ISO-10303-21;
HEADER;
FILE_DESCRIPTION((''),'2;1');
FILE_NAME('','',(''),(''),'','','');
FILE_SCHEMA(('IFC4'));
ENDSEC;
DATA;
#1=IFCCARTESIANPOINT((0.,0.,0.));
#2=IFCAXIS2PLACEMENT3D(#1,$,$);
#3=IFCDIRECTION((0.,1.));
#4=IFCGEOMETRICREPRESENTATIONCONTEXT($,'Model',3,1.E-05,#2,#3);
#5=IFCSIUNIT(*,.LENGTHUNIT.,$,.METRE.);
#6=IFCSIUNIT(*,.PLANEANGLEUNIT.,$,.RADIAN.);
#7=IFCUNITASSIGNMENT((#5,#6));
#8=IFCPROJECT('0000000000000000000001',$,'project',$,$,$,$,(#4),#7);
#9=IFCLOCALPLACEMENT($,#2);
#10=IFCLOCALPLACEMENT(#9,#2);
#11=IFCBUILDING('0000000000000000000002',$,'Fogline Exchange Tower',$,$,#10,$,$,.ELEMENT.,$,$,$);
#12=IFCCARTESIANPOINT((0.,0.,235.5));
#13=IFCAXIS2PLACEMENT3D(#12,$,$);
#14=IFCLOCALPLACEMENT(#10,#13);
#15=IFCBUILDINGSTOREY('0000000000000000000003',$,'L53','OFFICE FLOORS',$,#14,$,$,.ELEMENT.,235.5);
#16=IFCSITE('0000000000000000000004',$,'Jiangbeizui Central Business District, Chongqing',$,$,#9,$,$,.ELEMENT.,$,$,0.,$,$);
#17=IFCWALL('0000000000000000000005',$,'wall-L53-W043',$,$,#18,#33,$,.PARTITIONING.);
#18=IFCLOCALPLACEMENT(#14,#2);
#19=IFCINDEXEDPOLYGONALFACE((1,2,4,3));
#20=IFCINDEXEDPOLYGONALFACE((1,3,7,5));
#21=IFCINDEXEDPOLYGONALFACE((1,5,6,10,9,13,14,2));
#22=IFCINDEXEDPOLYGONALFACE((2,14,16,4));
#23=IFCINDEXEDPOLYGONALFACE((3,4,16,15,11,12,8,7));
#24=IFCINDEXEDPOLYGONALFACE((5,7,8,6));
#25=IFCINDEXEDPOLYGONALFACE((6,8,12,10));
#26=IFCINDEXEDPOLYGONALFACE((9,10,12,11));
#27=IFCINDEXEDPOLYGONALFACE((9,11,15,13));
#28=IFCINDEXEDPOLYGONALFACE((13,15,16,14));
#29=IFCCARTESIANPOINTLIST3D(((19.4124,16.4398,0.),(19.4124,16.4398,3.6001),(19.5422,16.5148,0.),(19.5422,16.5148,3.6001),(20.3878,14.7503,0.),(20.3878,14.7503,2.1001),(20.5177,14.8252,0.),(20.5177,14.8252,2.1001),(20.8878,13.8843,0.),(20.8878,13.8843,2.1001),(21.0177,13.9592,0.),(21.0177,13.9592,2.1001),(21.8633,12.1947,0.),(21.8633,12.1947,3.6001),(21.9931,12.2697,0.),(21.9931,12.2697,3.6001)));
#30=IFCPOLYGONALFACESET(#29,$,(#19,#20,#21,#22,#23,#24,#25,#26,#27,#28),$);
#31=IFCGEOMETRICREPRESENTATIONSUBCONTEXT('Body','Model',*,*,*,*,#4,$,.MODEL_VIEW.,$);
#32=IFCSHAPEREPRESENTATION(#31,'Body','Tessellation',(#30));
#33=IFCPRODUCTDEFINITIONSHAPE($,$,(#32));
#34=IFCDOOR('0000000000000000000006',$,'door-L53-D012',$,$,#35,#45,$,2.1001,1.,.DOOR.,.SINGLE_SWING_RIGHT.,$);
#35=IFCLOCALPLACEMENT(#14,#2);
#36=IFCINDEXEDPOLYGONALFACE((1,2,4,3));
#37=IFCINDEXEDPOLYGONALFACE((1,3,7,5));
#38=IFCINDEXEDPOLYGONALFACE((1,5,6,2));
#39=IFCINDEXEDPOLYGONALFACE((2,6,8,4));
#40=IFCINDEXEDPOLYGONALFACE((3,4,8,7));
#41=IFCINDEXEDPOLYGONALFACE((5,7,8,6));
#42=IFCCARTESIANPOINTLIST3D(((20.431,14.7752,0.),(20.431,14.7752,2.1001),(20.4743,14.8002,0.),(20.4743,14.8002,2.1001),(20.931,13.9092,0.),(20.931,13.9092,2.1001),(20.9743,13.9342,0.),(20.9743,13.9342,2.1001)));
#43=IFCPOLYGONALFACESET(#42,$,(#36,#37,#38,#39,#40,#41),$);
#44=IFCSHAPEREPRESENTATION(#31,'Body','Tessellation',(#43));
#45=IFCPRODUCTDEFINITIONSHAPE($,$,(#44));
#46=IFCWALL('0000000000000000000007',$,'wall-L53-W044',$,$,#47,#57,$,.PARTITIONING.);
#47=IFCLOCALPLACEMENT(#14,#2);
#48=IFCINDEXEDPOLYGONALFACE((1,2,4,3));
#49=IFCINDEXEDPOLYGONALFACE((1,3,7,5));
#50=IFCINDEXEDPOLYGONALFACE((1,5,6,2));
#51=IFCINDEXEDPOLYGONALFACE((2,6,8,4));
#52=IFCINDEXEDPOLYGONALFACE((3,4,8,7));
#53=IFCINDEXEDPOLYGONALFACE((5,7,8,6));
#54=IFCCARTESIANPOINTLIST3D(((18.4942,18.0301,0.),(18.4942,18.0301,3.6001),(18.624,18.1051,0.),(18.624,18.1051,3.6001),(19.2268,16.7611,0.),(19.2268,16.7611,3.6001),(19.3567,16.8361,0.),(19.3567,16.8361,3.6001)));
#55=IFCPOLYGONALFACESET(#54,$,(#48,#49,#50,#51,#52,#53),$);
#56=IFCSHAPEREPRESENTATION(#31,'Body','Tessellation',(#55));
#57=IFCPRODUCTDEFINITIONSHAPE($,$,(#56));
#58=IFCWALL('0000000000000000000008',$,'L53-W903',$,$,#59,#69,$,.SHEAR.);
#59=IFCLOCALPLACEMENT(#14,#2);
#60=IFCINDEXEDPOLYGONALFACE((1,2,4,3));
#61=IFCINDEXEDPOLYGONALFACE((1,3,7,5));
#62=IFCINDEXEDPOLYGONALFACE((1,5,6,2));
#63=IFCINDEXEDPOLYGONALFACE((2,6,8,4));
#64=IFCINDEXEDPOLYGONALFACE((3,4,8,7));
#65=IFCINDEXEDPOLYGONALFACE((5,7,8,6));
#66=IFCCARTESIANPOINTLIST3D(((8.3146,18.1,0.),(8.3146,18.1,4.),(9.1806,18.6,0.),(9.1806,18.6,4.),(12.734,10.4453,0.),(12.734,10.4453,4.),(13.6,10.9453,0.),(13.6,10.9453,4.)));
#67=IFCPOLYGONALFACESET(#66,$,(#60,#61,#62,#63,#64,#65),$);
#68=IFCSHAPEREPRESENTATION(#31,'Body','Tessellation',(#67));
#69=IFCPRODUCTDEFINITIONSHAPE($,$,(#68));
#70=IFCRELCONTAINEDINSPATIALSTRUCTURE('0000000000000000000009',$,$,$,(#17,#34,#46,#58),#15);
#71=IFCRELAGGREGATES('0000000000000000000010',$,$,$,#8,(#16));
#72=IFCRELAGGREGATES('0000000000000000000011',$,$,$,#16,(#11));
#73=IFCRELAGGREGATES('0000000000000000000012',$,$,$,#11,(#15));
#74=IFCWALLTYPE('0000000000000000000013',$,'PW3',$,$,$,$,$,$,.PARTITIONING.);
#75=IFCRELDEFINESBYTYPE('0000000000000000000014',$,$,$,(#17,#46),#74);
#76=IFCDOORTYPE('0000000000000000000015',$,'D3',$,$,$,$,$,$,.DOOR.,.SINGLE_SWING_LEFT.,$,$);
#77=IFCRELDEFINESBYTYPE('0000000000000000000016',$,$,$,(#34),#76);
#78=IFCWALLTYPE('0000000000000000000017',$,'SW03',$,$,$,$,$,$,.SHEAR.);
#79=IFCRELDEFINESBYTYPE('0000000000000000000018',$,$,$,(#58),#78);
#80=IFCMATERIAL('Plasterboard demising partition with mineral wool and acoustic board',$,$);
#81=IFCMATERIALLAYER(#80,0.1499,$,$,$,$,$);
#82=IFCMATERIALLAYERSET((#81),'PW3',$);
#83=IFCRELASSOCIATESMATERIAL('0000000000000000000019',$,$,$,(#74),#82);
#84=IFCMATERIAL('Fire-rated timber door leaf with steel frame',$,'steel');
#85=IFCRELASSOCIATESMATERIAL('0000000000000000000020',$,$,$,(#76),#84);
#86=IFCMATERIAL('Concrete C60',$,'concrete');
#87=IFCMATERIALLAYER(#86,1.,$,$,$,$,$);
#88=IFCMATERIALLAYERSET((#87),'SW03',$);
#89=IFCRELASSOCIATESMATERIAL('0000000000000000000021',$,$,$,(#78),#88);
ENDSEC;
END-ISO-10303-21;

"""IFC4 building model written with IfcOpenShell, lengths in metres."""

from ifc_helpers import new_model, si_unit, direction, frame, frame_2d, origin, place, context, subcontext, project, spatial, rectangle, extrude, material, layer, layer_set, type_object, element, fill, save


model = new_model("IFC4")

# Units and contexts
model_context = context("Model", 3, precision=1e-05, world=origin(), true_north=direction((0.0, 1.0)))
body_context = subcontext(model_context, "Body", "Model", "MODEL_VIEW")
ifc_project = project(units=[si_unit("LENGTHUNIT", "METRE"), si_unit("PLANEANGLEUNIT", "RADIAN")], contexts=[model_context])

# Site, building, storey
site_placement = place(None, origin())
site = spatial("IfcSite", under=ifc_project, at=site_placement, Name="Jiangbeizui Central Business District, Chongqing", CompositionType="ELEMENT", RefElevation=0.0)
building_placement = place(site_placement, origin())
building = spatial("IfcBuilding", under=site, at=building_placement, Name="Fogline Exchange Tower", CompositionType="ELEMENT")
storey_placement = place(building_placement, frame((0.0, 0.0, 235.5)))
storey = spatial("IfcBuildingStorey", under=building, at=storey_placement, Name="L53", Description="OFFICE FLOORS", CompositionType="ELEMENT", Elevation=235.5)

# Shared definitions
ifc_material_1 = material(Name="Concrete C60", Category="concrete")

# Shared definitions
ifc_material_2 = material(Name="Plasterboard demising partition with mineral wool and acoustic board")
ifc_layer_1 = layer(ifc_material_2, 0.1499)
ifc_layer_set_1 = layer_set([ifc_layer_1], Name="PW3")
wall_type_1 = type_object("IfcWallType", Name="PW3", PredefinedType="PARTITIONING", material=ifc_layer_set_1)

# Wall, opening, door
ifc_material_3 = material(Name="Fire-rated timber door leaf with steel frame", Category="steel")
door_type_1 = type_object("IfcDoorType", Name="D3", OperationType="SINGLE_SWING_LEFT", PredefinedType="DOOR", material=ifc_material_3)
wall_1_placement = place(storey_placement, frame((21.9282, 12.2322, 0.0), z_axis=(0.0, 0.0, 1.0), x_axis=(-0.500001, 0.866025, 0.0)))
wall_1 = element("IfcWall", 1, at=wall_1_placement, inside=storey, type_object=wall_type_1, Name="wall-L53-W043", PredefinedType="PARTITIONING", context=body_context, shape_type="SweptSolid", body=[
    extrude(rectangle(XDim=4.9019, YDim=0.1499, at=frame_2d((2.4509, 0.0))), origin(), (0.0, 0.0, 1.0), 3.6001),
])
opening_1_placement = place(wall_1_placement, frame((1.9509, 0.0, 0.0)))
opening_1 = element("IfcOpeningElement", 2, at=opening_1_placement, cuts=wall_1, PredefinedType="OPENING", context=body_context, shape_type="SweptSolid", body=[
    extrude(rectangle(XDim=1.0, YDim=2.1001, at=frame_2d((0.5, 1.05))), frame((0.0, 0.085, 0.0), z_axis=(0.0, -1.0, 0.0), x_axis=(1.0, 0.0, 0.0)), (0.0, 0.0, 1.0), 0.1699),
])
door_1_placement = place(opening_1_placement, frame((1.0, 0.0, 0.0), z_axis=(0.0, 0.0, 1.0), x_axis=(-1.0, 0.0, 0.0)))
door_1 = element("IfcDoor", 3, at=door_1_placement, inside=storey, type_object=door_type_1, Name="door-L53-D012", OperationType="SINGLE_SWING_RIGHT", OverallHeight=2.1001, OverallWidth=1.0, PredefinedType="DOOR", context=body_context, shape_type="SweptSolid", body=[
    extrude(rectangle(XDim=1.0, YDim=2.1001, at=frame_2d((0.5, 1.05))), frame((0.0, 0.0249, 0.0), z_axis=(0.0, -1.0, 0.0), x_axis=(1.0, 0.0, 0.0)), (0.0, 0.0, 1.0), 0.05),
])
fill(opening_1, door_1)

# Walls
wall_2_placement = place(storey_placement, frame((19.2917, 16.7986, 0.0), z_axis=(0.0, 0.0, 1.0), x_axis=(-0.499992, 0.86603, 0.0)))
element("IfcWall", 4, at=wall_2_placement, inside=storey, type_object=wall_type_1, Name="wall-L53-W044", PredefinedType="PARTITIONING", context=body_context, shape_type="SweptSolid", body=[
    extrude(rectangle(XDim=1.4653, YDim=0.1499, at=frame_2d((0.7327, 0.0))), origin(), (0.0, 0.0, 1.0), 3.6001),
])
ifc_layer_2 = layer(ifc_material_1, 1.0)
ifc_layer_set_2 = layer_set([ifc_layer_2], Name="SW03")
wall_type_2 = type_object("IfcWallType", Name="SW03", PredefinedType="SHEAR", material=ifc_layer_set_2)
wall_3_placement = place(storey_placement, frame((13.167, 10.6953, 0.0), z_axis=(0.0, 0.0, 1.0), x_axis=(-0.499995, 0.866028, 0.0)))
element("IfcWall", 5, at=wall_3_placement, inside=storey, type_object=wall_type_2, Name="L53-W903", PredefinedType="SHEAR", context=body_context, shape_type="SweptSolid", body=[
    extrude(rectangle(XDim=8.8389, YDim=1.0, at=frame_2d((4.4194, 0.0))), origin(), (0.0, 0.0, 1.0), 4.0),
])

save(model, "model.ifc")
